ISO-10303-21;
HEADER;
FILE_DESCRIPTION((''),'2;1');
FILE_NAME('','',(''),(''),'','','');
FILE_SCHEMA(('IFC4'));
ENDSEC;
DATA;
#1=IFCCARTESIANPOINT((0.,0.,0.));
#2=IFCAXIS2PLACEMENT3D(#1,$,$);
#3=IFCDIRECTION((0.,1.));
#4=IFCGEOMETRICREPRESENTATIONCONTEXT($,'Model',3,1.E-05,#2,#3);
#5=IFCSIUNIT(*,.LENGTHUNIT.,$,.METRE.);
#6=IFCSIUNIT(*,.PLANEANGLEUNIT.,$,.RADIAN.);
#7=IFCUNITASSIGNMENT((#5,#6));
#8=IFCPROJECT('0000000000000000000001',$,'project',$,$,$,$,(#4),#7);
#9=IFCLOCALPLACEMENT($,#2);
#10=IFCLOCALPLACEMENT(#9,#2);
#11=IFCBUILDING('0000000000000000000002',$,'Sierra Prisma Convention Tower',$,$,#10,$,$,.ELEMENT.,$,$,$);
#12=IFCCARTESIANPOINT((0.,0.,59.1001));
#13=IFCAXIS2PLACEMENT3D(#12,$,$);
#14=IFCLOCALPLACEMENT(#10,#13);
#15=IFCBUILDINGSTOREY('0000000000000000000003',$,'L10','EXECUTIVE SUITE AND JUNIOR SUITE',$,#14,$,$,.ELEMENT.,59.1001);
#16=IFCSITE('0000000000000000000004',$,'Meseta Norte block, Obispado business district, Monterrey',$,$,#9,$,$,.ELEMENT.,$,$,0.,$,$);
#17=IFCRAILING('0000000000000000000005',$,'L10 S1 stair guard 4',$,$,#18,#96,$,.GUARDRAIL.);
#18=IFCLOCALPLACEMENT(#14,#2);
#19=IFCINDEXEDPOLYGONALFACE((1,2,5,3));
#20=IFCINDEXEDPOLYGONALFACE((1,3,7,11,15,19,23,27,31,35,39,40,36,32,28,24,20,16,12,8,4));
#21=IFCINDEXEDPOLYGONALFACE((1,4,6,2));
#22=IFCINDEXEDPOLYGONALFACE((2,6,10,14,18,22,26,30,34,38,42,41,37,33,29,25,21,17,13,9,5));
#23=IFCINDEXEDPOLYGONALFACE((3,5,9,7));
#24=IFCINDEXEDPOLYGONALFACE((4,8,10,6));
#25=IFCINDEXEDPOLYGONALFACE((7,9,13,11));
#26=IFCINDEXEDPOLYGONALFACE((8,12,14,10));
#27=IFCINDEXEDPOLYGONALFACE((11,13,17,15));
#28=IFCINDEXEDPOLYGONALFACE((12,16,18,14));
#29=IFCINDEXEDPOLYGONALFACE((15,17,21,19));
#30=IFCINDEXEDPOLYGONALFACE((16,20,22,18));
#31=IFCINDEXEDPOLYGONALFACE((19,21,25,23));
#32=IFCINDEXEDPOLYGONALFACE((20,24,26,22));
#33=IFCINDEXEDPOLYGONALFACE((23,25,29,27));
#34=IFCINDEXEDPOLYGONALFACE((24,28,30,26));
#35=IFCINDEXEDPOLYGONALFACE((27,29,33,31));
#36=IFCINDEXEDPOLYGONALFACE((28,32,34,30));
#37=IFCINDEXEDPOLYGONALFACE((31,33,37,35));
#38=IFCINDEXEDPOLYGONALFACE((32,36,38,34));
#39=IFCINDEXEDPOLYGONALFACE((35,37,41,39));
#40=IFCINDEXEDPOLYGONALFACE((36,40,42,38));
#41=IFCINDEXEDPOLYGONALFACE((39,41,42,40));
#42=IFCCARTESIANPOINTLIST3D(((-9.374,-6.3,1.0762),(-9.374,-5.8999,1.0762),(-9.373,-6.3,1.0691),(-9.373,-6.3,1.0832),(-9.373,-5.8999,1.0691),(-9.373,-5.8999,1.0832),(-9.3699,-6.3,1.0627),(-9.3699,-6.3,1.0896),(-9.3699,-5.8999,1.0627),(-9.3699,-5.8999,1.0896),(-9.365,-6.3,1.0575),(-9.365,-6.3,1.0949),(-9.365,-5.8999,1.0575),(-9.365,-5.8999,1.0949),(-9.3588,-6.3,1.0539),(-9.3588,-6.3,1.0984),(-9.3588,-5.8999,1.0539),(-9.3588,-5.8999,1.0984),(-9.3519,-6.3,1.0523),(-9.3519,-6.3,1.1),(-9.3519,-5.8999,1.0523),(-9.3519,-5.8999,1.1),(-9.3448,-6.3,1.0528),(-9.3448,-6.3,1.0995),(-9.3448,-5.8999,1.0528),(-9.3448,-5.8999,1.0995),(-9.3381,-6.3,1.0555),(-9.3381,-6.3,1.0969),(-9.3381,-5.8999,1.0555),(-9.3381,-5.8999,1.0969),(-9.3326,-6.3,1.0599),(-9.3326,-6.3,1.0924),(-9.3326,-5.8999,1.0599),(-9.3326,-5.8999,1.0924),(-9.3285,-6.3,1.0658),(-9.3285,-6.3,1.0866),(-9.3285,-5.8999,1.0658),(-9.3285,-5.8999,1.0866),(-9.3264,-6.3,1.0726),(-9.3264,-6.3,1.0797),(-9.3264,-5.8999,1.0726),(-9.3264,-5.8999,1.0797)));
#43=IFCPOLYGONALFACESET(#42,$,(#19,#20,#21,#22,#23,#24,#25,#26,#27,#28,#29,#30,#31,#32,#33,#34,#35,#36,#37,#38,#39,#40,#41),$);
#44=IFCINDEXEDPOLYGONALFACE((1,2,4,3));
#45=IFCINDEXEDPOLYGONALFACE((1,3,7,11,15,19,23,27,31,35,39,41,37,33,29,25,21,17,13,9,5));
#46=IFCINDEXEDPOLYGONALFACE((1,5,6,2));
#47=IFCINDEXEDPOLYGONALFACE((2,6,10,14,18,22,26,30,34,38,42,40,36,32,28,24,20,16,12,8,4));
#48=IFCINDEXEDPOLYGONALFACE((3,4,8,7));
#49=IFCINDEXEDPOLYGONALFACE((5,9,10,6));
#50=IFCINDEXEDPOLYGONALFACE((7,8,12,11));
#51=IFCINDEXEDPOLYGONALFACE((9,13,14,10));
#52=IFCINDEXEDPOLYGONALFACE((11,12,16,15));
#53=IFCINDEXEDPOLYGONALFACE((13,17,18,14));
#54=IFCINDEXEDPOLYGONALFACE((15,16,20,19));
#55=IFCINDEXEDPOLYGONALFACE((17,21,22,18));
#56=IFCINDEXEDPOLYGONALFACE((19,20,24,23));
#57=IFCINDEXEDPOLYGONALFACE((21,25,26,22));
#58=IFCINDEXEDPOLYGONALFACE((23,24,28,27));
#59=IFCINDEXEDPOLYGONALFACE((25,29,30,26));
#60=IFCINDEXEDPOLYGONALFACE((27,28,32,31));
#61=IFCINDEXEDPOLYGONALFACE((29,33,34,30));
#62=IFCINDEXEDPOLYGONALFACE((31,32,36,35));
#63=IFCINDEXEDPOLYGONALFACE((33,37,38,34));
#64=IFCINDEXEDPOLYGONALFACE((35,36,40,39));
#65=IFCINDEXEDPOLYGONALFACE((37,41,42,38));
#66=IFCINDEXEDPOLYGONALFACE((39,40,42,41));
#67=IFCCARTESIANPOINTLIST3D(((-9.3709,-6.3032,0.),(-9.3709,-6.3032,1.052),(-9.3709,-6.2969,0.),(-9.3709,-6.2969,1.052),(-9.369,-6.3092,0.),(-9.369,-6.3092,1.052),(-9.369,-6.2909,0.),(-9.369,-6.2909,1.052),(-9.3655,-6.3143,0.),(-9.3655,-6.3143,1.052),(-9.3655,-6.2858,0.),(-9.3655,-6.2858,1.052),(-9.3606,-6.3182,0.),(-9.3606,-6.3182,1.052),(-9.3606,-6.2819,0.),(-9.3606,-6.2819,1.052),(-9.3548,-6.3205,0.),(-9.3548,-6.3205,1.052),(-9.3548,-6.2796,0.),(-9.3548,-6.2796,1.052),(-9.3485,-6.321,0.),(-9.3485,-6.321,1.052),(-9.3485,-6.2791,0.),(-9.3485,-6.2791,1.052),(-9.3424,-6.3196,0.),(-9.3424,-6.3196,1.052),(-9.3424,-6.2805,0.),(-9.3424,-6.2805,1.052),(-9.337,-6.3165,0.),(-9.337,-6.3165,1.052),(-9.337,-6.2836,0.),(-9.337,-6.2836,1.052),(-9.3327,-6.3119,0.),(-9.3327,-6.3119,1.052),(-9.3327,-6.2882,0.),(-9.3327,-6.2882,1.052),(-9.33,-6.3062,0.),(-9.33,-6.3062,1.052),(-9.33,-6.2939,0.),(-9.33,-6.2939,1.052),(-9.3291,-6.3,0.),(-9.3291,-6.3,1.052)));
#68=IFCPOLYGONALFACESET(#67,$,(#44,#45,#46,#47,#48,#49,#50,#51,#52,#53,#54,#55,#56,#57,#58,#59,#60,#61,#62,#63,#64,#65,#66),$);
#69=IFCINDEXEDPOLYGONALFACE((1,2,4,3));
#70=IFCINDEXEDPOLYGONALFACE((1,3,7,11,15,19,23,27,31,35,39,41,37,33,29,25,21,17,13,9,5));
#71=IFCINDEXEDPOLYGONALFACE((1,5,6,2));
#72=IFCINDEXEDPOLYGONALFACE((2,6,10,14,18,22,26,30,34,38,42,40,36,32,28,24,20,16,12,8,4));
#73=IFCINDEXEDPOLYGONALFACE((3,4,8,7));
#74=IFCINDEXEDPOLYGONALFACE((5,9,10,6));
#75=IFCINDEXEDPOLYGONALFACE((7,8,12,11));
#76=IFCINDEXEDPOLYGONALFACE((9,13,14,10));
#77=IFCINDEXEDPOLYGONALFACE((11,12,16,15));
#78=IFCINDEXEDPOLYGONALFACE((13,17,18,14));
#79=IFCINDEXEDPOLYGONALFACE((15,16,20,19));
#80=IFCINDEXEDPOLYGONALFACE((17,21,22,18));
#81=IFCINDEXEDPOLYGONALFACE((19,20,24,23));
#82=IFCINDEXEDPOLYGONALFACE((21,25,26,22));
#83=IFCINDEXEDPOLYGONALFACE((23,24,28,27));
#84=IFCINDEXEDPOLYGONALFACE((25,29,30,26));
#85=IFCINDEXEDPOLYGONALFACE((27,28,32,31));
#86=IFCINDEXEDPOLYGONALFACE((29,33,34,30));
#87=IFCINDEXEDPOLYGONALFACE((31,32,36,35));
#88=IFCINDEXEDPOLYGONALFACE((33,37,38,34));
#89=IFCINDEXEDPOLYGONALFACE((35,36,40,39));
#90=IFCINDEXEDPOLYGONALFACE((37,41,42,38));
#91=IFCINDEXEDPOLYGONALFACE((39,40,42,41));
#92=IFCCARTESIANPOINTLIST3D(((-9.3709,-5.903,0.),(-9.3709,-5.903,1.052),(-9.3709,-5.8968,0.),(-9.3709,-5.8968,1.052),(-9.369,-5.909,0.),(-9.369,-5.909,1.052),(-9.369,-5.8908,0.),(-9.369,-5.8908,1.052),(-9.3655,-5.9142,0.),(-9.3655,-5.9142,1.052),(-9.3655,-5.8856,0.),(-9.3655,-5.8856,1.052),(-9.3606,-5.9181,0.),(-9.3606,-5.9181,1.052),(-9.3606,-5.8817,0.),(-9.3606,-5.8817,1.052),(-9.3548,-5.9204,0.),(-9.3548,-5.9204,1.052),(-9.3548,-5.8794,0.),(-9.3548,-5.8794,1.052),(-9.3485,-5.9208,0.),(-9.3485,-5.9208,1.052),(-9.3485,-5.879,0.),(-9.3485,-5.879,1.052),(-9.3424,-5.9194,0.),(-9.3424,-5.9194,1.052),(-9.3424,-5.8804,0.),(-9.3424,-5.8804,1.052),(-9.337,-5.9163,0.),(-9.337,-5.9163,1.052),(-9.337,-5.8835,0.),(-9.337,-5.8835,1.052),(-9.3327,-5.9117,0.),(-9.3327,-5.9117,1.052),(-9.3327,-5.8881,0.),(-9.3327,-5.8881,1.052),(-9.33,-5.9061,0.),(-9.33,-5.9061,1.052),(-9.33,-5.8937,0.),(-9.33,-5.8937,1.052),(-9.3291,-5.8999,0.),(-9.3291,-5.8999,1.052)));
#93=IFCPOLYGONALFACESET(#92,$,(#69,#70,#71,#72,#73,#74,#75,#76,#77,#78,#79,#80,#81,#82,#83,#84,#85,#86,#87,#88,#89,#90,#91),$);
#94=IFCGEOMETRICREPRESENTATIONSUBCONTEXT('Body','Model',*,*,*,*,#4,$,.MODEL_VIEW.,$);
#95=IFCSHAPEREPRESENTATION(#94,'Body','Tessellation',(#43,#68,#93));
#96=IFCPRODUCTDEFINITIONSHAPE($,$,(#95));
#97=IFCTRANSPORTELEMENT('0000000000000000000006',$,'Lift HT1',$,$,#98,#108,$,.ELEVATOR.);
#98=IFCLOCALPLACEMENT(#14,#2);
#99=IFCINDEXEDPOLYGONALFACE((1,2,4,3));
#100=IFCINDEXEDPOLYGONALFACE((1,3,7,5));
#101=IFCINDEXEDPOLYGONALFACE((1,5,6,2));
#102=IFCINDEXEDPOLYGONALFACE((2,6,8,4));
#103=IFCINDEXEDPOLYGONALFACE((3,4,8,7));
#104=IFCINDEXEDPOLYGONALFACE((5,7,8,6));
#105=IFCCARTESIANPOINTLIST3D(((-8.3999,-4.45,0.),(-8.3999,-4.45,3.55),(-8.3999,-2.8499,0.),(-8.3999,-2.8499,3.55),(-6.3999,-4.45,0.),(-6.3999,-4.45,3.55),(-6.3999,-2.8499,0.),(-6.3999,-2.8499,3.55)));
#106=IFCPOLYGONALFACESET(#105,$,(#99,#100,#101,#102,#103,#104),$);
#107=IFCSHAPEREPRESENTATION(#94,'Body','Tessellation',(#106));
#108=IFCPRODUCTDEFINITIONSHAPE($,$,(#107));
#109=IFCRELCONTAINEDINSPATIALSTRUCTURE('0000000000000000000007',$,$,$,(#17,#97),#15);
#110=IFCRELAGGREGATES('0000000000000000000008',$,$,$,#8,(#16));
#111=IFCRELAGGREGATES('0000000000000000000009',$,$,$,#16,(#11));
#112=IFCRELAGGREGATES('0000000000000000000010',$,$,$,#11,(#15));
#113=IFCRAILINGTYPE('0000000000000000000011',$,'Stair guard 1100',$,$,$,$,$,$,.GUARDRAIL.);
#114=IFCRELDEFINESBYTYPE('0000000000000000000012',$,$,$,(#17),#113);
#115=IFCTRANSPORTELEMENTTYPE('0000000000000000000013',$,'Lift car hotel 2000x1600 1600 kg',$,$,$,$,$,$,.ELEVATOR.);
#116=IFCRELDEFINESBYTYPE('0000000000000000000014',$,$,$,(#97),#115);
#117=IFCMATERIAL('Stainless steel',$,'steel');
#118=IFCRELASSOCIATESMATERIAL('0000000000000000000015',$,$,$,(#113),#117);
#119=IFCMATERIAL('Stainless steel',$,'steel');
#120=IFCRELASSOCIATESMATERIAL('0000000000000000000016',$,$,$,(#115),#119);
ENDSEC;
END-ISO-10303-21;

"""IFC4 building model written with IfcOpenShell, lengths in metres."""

from ifc_helpers import new_model, si_unit, direction, frame, origin, origin_2d, place, context, subcontext, project, spatial, rectangle, circle, extrude, material, type_object, element, save


model = new_model("IFC4")

# Units and contexts
model_context = context("Model", 3, precision=1e-05, world=origin(), true_north=direction((0.0, 1.0)))
body_context = subcontext(model_context, "Body", "Model", "MODEL_VIEW")
ifc_project = project(units=[si_unit("LENGTHUNIT", "METRE"), si_unit("PLANEANGLEUNIT", "RADIAN")], contexts=[model_context])

# Site, building, storey
site_placement = place(None, origin())
site = spatial("IfcSite", under=ifc_project, at=site_placement, Name="Meseta Norte block, Obispado business district, Monterrey", CompositionType="ELEMENT", RefElevation=0.0)
building_placement = place(site_placement, origin())
building = spatial("IfcBuilding", under=site, at=building_placement, Name="Sierra Prisma Convention Tower", CompositionType="ELEMENT")
storey_placement = place(building_placement, frame((0.0, 0.0, 59.1001)))
storey = spatial("IfcBuildingStorey", under=building, at=storey_placement, Name="L10", Description="EXECUTIVE SUITE AND JUNIOR SUITE", CompositionType="ELEMENT", Elevation=59.1001)

# Railing
ifc_material_1 = material(Name="Stainless steel", Category="steel")
railing_type_1 = type_object("IfcRailingType", Name="Stair guard 1100", PredefinedType="GUARDRAIL", material=ifc_material_1)
railing_1_placement = place(storey_placement, frame((-9.3501, -6.3, 0.0)))
element("IfcRailing", 1, at=railing_1_placement, inside=storey, type_object=railing_type_1, Name="L10 S1 stair guard 4", PredefinedType="GUARDRAIL", context=body_context, shape_type="SweptSolid", body=[
    extrude(circle(Radius=0.0239, at=origin_2d()), frame((0.0, 0.0, 1.0762), z_axis=(0.0, 1.0, 0.0), x_axis=(-1.0, 0.0, 0.0)), (0.0, 0.0, 1.0), 0.4001),
    extrude(circle(Radius=0.021, at=origin_2d()), origin(), (0.0, 0.0, 1.0), 1.052),
    extrude(circle(Radius=0.021, at=origin_2d()), frame((0.0, 0.4001, 0.0)), (0.0, 0.0, 1.0), 1.052),
])

# Transport element
ifc_material_2 = material(Name="Stainless steel", Category="steel")
transport_element_type = type_object("IfcTransportElementType", Name="Lift car hotel 2000x1600 1600 kg", PredefinedType="ELEVATOR", material=ifc_material_2)
transport_element_placement = place(storey_placement, frame((-7.3999, -3.6499, 0.0), z_axis=(0.0, 0.0, 1.0), x_axis=(1.0, 0.0, 0.0)))
element("IfcTransportElement", 2, at=transport_element_placement, inside=storey, type_object=transport_element_type, Name="Lift HT1", PredefinedType="ELEVATOR", context=body_context, shape_type="SweptSolid", body=[
    extrude(rectangle(XDim=2.0, YDim=1.6001, at=origin_2d()), origin(), (0.0, 0.0, 1.0), 3.55),
])

save(model, "model.ifc")
